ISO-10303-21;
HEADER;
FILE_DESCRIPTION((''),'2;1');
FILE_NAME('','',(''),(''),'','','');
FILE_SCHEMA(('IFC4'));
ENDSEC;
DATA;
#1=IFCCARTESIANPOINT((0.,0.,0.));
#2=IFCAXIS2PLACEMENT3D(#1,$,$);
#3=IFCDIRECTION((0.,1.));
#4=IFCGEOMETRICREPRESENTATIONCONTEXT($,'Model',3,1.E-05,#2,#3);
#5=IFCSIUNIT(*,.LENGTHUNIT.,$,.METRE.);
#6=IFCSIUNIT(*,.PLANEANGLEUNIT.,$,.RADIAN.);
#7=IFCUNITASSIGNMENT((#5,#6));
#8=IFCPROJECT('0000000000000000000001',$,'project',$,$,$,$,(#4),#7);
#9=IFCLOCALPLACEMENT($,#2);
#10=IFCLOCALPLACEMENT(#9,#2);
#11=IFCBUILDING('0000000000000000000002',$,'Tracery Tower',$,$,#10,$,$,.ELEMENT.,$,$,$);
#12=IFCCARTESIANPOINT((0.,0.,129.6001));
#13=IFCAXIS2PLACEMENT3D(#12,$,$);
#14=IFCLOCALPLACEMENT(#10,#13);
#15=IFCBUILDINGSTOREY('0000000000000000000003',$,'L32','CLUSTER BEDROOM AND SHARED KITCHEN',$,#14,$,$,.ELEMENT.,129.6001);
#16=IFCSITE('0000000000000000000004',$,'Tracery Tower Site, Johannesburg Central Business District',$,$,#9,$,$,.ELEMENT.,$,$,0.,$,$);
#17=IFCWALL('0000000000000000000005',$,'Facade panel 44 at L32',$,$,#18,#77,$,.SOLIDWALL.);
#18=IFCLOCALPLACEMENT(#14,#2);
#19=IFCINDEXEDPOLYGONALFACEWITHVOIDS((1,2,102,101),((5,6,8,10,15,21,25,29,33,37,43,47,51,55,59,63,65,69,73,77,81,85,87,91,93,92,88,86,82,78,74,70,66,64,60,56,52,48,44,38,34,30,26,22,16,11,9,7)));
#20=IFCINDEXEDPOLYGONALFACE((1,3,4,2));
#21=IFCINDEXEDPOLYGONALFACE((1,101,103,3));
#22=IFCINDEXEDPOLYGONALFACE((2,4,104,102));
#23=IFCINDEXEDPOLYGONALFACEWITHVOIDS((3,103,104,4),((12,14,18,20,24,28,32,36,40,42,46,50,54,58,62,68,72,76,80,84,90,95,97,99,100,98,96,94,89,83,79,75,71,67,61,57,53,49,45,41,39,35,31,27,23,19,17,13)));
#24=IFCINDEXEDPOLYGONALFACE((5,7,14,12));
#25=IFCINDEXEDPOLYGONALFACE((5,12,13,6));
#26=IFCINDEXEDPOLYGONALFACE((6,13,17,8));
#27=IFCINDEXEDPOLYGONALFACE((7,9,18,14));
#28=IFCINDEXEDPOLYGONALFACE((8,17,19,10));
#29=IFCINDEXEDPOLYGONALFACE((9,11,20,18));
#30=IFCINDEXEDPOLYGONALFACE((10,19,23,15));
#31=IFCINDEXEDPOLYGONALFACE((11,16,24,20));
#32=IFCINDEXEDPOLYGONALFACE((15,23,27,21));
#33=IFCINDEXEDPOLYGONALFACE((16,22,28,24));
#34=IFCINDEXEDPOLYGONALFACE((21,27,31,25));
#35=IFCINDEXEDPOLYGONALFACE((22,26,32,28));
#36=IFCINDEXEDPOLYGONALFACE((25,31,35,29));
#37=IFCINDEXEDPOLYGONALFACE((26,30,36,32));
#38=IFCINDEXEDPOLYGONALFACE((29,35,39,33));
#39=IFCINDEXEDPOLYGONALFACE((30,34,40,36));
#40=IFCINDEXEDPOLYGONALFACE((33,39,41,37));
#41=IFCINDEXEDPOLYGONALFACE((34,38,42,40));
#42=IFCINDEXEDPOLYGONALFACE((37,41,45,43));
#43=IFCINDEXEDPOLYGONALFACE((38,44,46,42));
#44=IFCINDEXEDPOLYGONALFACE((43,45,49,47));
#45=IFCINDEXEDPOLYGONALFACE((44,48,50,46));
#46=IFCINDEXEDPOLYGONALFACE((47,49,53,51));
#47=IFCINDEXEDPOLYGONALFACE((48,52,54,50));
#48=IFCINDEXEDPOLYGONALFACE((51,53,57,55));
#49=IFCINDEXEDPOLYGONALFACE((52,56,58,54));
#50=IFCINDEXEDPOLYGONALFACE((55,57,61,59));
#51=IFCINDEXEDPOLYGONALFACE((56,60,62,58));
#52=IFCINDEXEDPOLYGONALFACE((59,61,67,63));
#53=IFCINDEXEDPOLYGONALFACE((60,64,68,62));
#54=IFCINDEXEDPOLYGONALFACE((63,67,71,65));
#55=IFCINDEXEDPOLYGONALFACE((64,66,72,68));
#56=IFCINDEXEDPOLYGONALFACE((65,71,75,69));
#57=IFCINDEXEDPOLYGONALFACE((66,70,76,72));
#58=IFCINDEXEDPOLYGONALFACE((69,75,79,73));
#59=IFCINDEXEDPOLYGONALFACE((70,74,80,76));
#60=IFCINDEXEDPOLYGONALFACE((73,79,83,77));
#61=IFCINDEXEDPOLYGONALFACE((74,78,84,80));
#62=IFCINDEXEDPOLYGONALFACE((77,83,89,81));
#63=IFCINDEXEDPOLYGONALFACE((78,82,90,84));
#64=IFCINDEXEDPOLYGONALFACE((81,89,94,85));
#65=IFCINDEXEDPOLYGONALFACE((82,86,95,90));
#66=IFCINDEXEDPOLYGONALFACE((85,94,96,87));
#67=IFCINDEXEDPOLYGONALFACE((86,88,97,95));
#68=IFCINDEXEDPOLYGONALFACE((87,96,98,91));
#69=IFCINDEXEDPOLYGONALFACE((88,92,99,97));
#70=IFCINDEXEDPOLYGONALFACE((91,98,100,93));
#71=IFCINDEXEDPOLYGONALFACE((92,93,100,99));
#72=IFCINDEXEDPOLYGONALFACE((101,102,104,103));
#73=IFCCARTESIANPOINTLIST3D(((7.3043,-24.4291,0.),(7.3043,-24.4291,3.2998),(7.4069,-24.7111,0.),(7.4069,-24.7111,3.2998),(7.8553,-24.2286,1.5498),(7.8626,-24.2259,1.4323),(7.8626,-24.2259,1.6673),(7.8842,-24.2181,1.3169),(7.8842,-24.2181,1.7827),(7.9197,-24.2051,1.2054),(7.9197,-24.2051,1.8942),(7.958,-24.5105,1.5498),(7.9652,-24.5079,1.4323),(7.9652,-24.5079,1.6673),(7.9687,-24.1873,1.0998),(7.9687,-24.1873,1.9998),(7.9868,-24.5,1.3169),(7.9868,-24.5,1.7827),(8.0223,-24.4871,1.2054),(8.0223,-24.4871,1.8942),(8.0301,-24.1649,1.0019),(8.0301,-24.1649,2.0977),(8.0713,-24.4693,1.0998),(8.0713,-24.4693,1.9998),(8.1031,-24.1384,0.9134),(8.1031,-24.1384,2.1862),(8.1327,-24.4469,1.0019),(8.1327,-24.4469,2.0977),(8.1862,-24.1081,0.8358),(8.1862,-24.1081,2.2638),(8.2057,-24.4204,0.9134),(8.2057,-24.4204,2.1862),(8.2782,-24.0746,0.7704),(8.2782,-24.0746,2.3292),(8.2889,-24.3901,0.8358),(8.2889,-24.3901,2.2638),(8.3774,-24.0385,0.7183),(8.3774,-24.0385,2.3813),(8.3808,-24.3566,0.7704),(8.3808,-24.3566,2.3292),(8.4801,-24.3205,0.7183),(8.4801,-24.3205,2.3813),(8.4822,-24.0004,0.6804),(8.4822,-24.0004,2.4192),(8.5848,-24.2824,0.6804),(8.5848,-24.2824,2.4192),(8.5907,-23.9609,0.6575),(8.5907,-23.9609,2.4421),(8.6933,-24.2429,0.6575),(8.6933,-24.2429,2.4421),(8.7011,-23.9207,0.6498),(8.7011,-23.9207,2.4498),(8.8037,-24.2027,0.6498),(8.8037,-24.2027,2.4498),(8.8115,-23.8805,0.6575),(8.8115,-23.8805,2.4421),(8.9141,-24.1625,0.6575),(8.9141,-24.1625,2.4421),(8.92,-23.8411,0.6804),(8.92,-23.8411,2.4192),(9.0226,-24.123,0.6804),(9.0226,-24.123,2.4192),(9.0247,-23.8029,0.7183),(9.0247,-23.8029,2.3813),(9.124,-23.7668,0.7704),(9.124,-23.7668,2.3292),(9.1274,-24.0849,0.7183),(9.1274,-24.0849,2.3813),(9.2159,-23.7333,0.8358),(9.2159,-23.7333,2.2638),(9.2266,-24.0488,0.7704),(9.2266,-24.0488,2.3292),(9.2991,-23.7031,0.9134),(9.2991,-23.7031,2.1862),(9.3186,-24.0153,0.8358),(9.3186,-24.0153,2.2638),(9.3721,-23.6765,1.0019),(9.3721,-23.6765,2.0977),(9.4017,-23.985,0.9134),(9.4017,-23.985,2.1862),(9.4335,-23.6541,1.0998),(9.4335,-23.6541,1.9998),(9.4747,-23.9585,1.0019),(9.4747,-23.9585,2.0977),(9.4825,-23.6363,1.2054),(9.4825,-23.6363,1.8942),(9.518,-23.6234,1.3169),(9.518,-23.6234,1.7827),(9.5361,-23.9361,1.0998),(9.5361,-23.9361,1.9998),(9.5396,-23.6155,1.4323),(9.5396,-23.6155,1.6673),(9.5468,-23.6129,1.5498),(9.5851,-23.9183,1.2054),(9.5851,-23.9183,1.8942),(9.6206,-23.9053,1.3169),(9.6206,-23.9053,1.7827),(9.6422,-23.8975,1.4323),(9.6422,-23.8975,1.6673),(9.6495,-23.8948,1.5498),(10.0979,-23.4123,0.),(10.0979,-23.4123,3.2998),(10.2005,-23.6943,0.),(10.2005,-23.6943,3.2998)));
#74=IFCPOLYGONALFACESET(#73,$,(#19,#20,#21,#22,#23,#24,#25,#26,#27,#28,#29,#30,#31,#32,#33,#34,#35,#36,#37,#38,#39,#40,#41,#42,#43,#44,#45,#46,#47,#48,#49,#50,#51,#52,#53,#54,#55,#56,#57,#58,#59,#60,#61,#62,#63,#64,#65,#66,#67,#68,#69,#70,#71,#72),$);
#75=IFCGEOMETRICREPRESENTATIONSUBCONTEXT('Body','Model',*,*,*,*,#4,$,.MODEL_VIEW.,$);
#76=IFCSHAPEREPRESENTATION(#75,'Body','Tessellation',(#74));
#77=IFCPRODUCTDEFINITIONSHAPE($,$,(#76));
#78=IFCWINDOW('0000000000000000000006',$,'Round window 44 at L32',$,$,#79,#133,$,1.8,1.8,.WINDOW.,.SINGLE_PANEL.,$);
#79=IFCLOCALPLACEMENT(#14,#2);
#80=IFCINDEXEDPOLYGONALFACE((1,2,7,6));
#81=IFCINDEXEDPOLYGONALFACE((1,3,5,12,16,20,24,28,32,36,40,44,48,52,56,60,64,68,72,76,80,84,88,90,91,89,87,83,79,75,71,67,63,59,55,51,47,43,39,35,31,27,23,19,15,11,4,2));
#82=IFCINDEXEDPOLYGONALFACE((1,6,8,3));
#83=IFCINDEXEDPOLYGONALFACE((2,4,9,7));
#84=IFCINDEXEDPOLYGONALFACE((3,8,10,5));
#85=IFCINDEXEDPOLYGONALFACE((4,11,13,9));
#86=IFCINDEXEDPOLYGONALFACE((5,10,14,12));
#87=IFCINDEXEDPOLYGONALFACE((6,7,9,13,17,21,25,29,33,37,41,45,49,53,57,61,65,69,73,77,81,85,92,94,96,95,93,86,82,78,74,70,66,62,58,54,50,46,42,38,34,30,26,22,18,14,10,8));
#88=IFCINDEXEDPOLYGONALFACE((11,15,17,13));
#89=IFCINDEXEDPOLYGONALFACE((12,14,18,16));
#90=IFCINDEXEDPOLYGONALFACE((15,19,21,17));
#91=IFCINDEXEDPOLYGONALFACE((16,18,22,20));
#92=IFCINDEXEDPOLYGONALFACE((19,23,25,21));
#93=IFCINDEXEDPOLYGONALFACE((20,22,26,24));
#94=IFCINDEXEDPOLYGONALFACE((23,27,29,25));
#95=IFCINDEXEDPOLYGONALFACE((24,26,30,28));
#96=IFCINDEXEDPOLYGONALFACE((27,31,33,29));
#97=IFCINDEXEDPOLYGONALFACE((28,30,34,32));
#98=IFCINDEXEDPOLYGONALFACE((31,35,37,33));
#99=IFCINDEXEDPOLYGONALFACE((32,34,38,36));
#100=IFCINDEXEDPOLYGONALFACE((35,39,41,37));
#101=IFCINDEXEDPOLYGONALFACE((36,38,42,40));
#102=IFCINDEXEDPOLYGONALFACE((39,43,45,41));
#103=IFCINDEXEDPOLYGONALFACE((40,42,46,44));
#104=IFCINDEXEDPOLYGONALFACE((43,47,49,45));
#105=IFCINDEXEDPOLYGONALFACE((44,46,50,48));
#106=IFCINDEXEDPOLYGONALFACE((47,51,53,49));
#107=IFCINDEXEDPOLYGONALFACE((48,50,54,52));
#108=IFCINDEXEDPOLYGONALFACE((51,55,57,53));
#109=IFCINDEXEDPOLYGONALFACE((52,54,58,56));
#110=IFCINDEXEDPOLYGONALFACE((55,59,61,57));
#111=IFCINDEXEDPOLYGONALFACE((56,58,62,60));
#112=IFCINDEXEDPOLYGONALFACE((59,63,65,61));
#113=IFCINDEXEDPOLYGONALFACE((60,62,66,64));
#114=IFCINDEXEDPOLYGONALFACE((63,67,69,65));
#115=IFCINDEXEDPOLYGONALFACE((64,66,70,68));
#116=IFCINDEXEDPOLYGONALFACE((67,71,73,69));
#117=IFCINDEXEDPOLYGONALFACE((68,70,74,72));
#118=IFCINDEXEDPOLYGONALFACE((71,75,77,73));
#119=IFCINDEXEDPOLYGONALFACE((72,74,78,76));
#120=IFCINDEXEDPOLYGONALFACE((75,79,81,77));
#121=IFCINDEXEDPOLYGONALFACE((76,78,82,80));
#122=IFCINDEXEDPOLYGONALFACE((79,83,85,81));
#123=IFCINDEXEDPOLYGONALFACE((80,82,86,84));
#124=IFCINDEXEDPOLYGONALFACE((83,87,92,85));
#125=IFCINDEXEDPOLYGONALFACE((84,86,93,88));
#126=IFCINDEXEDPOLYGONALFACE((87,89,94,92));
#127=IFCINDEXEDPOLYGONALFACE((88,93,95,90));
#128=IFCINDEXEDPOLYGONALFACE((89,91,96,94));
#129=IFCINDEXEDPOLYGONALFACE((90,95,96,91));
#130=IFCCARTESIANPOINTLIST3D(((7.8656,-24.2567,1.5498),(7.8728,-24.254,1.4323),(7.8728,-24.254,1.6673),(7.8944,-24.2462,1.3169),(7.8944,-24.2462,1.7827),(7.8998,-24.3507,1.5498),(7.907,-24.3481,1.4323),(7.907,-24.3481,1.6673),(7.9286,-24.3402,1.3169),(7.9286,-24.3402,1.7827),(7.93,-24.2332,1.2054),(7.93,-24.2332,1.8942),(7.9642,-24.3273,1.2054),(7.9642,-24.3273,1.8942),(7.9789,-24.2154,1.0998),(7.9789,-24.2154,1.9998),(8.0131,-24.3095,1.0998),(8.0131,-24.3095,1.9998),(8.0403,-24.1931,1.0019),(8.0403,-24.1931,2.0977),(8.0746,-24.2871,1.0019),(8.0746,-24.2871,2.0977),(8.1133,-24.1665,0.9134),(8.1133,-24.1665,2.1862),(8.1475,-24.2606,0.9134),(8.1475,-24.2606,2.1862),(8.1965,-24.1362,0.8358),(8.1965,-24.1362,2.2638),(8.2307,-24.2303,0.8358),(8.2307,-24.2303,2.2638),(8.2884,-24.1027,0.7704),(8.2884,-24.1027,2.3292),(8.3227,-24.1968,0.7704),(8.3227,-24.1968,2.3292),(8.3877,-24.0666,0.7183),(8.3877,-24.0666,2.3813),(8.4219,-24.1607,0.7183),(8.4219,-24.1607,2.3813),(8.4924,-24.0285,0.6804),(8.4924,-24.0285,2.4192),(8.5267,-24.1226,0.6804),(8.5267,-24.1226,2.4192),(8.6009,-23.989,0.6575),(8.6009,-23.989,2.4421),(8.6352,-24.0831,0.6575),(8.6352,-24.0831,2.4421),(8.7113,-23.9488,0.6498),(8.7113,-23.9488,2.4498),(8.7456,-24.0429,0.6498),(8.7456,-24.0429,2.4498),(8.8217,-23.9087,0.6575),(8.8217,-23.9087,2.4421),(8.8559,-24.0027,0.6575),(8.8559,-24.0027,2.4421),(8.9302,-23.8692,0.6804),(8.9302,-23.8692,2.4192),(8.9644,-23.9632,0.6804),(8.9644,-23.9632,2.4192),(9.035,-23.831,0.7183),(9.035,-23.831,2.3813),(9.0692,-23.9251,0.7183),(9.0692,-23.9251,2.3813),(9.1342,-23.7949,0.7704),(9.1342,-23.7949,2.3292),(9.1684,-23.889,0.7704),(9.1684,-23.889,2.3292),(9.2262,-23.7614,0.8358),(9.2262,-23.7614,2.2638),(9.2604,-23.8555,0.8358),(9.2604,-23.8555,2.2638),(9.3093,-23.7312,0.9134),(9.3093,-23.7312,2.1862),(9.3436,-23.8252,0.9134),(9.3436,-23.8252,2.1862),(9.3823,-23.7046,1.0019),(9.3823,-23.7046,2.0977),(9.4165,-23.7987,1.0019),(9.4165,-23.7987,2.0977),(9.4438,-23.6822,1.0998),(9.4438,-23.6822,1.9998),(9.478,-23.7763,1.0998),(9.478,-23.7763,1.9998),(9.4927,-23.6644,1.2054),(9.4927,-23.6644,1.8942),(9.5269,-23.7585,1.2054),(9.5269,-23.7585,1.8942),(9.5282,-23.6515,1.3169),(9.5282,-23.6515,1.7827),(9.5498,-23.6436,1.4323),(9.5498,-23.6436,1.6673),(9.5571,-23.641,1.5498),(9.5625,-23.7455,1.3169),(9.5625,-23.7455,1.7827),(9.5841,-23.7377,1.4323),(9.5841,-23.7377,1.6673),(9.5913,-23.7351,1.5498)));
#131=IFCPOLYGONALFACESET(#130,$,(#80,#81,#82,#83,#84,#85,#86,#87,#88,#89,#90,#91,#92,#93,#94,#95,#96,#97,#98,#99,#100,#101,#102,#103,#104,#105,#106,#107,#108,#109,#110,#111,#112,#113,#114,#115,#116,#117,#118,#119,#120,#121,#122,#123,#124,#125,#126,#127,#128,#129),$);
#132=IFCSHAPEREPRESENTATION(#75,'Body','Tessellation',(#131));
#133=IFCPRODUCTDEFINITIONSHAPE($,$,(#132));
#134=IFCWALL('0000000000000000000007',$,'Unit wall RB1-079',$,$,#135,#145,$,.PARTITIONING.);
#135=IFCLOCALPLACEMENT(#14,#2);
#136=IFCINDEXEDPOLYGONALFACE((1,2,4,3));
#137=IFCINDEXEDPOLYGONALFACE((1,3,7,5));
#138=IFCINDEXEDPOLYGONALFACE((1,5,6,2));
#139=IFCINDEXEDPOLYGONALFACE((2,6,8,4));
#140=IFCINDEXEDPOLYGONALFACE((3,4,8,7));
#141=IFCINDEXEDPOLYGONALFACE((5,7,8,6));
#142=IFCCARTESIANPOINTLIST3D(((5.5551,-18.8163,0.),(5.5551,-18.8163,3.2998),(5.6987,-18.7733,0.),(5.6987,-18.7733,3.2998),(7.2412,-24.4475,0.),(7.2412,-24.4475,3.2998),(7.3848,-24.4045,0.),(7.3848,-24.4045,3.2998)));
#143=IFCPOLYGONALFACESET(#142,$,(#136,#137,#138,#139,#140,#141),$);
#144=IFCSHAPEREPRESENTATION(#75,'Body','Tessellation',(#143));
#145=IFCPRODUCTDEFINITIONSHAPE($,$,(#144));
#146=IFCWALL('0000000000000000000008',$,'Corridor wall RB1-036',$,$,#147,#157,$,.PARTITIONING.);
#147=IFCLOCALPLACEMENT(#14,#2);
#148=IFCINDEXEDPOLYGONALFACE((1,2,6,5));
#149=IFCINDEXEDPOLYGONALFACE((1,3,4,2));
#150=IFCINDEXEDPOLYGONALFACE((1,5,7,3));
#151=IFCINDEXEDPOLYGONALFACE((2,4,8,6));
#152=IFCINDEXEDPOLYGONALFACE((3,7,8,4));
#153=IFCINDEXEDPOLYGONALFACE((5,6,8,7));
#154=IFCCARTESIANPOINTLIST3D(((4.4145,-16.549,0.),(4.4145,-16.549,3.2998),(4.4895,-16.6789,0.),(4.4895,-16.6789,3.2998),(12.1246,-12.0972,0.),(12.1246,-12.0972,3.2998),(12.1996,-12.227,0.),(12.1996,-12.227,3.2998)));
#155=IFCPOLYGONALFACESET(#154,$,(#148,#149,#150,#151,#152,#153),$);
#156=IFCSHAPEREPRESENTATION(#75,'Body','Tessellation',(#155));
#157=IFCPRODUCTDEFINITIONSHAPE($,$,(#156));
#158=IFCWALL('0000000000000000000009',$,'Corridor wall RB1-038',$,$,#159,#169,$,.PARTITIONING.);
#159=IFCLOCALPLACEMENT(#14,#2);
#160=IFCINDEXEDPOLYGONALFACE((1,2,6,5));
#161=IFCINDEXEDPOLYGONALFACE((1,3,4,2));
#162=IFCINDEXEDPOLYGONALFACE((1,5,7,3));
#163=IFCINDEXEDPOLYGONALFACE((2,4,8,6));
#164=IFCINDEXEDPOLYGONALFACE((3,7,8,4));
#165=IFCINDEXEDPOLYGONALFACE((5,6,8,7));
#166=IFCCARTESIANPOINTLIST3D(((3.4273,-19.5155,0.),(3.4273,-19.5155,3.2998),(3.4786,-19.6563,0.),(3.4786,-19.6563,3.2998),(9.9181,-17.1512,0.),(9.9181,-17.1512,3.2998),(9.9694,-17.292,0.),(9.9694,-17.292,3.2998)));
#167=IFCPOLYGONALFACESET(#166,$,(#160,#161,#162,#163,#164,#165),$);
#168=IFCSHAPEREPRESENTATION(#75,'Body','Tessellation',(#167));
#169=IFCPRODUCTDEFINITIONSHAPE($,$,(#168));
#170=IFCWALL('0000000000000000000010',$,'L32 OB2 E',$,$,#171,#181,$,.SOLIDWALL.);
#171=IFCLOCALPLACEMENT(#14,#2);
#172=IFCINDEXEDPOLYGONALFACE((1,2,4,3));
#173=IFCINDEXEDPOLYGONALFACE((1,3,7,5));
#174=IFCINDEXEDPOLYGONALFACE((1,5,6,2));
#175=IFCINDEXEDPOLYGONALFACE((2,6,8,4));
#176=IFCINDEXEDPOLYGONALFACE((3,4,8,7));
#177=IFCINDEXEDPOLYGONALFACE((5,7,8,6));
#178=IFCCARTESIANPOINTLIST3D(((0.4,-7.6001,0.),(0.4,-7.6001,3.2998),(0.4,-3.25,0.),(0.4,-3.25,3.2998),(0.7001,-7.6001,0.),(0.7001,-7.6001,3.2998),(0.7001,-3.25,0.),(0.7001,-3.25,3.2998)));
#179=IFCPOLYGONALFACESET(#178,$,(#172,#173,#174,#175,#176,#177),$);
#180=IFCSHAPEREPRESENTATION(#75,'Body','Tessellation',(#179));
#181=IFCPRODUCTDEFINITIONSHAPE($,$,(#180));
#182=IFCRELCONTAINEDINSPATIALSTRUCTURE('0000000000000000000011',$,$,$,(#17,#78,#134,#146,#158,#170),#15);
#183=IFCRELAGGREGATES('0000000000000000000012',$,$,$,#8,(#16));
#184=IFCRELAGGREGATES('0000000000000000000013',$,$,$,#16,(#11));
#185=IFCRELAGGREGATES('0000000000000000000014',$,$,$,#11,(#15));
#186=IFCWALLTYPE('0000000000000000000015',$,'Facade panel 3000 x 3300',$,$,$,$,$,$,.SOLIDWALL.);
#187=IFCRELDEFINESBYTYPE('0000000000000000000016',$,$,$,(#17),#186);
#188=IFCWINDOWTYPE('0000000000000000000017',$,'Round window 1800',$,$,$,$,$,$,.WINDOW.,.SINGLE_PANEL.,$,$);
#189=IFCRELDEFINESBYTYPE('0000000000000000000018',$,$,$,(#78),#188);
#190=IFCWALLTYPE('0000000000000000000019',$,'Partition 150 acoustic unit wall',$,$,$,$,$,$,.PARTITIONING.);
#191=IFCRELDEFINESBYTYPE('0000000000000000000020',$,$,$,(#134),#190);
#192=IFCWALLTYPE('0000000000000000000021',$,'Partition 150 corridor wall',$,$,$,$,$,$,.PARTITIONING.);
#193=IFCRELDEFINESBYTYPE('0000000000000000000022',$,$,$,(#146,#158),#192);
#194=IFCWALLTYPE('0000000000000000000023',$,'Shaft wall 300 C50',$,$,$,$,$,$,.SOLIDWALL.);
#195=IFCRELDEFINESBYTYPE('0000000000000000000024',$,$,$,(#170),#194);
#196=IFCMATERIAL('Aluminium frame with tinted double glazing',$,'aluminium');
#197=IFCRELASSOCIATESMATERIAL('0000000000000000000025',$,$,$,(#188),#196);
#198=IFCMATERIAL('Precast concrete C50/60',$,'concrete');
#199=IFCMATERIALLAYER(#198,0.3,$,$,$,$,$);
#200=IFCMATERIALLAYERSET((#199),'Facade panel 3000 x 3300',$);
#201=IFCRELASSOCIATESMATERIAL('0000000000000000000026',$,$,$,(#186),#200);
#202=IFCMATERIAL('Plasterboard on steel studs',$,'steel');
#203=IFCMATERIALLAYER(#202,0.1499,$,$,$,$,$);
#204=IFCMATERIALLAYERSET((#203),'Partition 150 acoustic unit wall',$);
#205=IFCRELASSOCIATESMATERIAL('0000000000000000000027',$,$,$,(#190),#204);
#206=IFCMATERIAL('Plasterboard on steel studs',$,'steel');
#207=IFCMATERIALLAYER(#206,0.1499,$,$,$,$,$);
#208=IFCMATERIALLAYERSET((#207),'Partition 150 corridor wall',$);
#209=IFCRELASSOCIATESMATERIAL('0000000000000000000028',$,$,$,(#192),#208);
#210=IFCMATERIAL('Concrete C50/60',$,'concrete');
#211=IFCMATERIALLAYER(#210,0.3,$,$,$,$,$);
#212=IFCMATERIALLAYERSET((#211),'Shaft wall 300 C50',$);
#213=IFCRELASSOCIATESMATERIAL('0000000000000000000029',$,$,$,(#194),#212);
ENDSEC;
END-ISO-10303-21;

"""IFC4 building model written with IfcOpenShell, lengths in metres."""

from ifc_helpers import new_model, si_unit, direction, frame, frame_2d, origin, origin_2d, place, context, subcontext, project, spatial, rectangle, circle, extrude, material, layer, layer_set, type_object, element, fill, save


model = new_model("IFC4")

# Units and contexts
model_context = context("Model", 3, precision=1e-05, world=origin(), true_north=direction((0.0, 1.0)))
body_context = subcontext(model_context, "Body", "Model", "MODEL_VIEW")
ifc_project = project(units=[si_unit("LENGTHUNIT", "METRE"), si_unit("PLANEANGLEUNIT", "RADIAN")], contexts=[model_context])

# Site, building, storey
site_placement = place(None, origin())
site = spatial("IfcSite", under=ifc_project, at=site_placement, Name="Tracery Tower Site, Johannesburg Central Business District", CompositionType="ELEMENT", RefElevation=0.0)
building_placement = place(site_placement, origin())
building = spatial("IfcBuilding", under=site, at=building_placement, Name="Tracery Tower", CompositionType="ELEMENT")
storey_placement = place(building_placement, frame((0.0, 0.0, 129.6001)))
storey = spatial("IfcBuildingStorey", under=building, at=storey_placement, Name="L32", Description="CLUSTER BEDROOM AND SHARED KITCHEN", CompositionType="ELEMENT", Elevation=129.6001)

# Wall, opening, window
ifc_material_1 = material(Name="Aluminium frame with tinted double glazing", Category="aluminium")
window_type = type_object("IfcWindowType", Name="Round window 1800", PartitioningType="SINGLE_PANEL", PredefinedType="WINDOW", material=ifc_material_1)
ifc_material_2 = material(Name="Precast concrete C50/60", Category="concrete")
ifc_layer_1 = layer(ifc_material_2, 0.3)
ifc_layer_set_1 = layer_set([ifc_layer_1], Name="Facade panel 3000 x 3300")
wall_type_1 = type_object("IfcWallType", Name="Facade panel 3000 x 3300", PredefinedType="SOLIDWALL", material=ifc_layer_set_1)
wall_1_placement = place(storey_placement, frame((7.3557, -24.5701, 0.0), z_axis=(0.0, 0.0, 1.0), x_axis=(0.93969, 0.342027, 0.0)))
wall_1 = element("IfcWall", 1, at=wall_1_placement, inside=storey, type_object=wall_type_1, Name="Facade panel 44 at L32", PredefinedType="SOLIDWALL", context=body_context, shape_type="SweptSolid", body=[
    extrude(rectangle(XDim=2.9729, YDim=0.3, at=frame_2d((1.4863, 0.0))), origin(), (0.0, 0.0, 1.0), 3.2998),
])
opening_1_placement = place(wall_1_placement, frame((1.4863, 0.0, 1.5498)))
opening_1 = element("IfcOpeningElement", 2, at=opening_1_placement, cuts=wall_1, PredefinedType="OPENING", context=body_context, shape_type="SweptSolid", body=[
    extrude(circle(Radius=0.9, at=origin_2d()), frame((0.0, 0.1599, 0.0), z_axis=(0.0, -1.0, 0.0), x_axis=(1.0, 0.0, 0.0)), (0.0, 0.0, 1.0), 0.3201),
])
window_1_placement = place(opening_1_placement, origin())
window_1 = element("IfcWindow", 3, at=window_1_placement, inside=storey, type_object=window_type, Name="Round window 44 at L32", OverallHeight=1.8, OverallWidth=1.8, PartitioningType="SINGLE_PANEL", PredefinedType="WINDOW", context=body_context, shape_type="SweptSolid", body=[
    extrude(circle(Radius=0.9, at=origin_2d()), frame((0.0, 0.1201, 0.0), z_axis=(0.0, -1.0, 0.0), x_axis=(1.0, 0.0, 0.0)), (0.0, 0.0, 1.0), 0.1001),
])
fill(opening_1, window_1)

# Walls
ifc_material_3 = material(Name="Plasterboard on steel studs", Category="steel")
ifc_layer_2 = layer(ifc_material_3, 0.1499)
ifc_layer_set_2 = layer_set([ifc_layer_2], Name="Partition 150 acoustic unit wall")
wall_type_2 = type_object("IfcWallType", Name="Partition 150 acoustic unit wall", PredefinedType="PARTITIONING", material=ifc_layer_set_2)
wall_2_placement = place(storey_placement, frame((5.627, -18.7949, 0.0), z_axis=(0.0, 0.0, 1.0), x_axis=(0.286833, -0.95798, 0.0)))
element("IfcWall", 4, at=wall_2_placement, inside=storey, type_object=wall_type_2, Name="Unit wall RB1-079", PredefinedType="PARTITIONING", context=body_context, shape_type="SweptSolid", body=[
    extrude(rectangle(XDim=5.8782, YDim=0.1499, at=frame_2d((2.939, 0.0))), origin(), (0.0, 0.0, 1.0), 3.2998),
])
ifc_material_4 = material(Name="Plasterboard on steel studs", Category="steel")
ifc_layer_3 = layer(ifc_material_4, 0.1499)
ifc_layer_set_3 = layer_set([ifc_layer_3], Name="Partition 150 corridor wall")
wall_type_3 = type_object("IfcWallType", Name="Partition 150 corridor wall", PredefinedType="PARTITIONING", material=ifc_layer_set_3)
wall_3_placement = place(storey_placement, frame((4.4519, -16.614, 0.0), z_axis=(0.0, 0.0, 1.0), x_axis=(0.866005, 0.500035, 0.0)))
element("IfcWall", 5, at=wall_3_placement, inside=storey, type_object=wall_type_3, Name="Corridor wall RB1-036", PredefinedType="PARTITIONING", context=body_context, shape_type="SweptSolid", body=[
    extrude(rectangle(XDim=8.9031, YDim=0.1499, at=frame_2d((4.4517, 0.0))), origin(), (0.0, 0.0, 1.0), 3.2998),
])
wall_4_placement = place(storey_placement, frame((3.4529, -19.5859, 0.0), z_axis=(0.0, 0.0, 1.0), x_axis=(0.939608, 0.342254, 0.0)))
element("IfcWall", 6, at=wall_4_placement, inside=storey, type_object=wall_type_3, Name="Corridor wall RB1-038", PredefinedType="PARTITIONING", context=body_context, shape_type="SweptSolid", body=[
    extrude(rectangle(XDim=6.908, YDim=0.1499, at=frame_2d((3.4541, 0.0))), origin(), (0.0, 0.0, 1.0), 3.2998),
])
ifc_material_5 = material(Name="Concrete C50/60", Category="concrete")
ifc_layer_4 = layer(ifc_material_5, 0.3)
ifc_layer_set_4 = layer_set([ifc_layer_4], Name="Shaft wall 300 C50")
wall_type_4 = type_object("IfcWallType", Name="Shaft wall 300 C50", PredefinedType="SOLIDWALL", material=ifc_layer_set_4)
wall_5_placement = place(storey_placement, frame((0.55, -7.6001, 0.0), z_axis=(0.0, 0.0, 1.0), x_axis=(0.0, 1.0, 0.0)))
element("IfcWall", 7, at=wall_5_placement, inside=storey, type_object=wall_type_4, Name="L32 OB2 E", PredefinedType="SOLIDWALL", context=body_context, shape_type="SweptSolid", body=[
    extrude(rectangle(XDim=4.3501, YDim=0.3, at=frame_2d((2.175, 0.0))), origin(), (0.0, 0.0, 1.0), 3.2998),
])

save(model, "model.ifc")
